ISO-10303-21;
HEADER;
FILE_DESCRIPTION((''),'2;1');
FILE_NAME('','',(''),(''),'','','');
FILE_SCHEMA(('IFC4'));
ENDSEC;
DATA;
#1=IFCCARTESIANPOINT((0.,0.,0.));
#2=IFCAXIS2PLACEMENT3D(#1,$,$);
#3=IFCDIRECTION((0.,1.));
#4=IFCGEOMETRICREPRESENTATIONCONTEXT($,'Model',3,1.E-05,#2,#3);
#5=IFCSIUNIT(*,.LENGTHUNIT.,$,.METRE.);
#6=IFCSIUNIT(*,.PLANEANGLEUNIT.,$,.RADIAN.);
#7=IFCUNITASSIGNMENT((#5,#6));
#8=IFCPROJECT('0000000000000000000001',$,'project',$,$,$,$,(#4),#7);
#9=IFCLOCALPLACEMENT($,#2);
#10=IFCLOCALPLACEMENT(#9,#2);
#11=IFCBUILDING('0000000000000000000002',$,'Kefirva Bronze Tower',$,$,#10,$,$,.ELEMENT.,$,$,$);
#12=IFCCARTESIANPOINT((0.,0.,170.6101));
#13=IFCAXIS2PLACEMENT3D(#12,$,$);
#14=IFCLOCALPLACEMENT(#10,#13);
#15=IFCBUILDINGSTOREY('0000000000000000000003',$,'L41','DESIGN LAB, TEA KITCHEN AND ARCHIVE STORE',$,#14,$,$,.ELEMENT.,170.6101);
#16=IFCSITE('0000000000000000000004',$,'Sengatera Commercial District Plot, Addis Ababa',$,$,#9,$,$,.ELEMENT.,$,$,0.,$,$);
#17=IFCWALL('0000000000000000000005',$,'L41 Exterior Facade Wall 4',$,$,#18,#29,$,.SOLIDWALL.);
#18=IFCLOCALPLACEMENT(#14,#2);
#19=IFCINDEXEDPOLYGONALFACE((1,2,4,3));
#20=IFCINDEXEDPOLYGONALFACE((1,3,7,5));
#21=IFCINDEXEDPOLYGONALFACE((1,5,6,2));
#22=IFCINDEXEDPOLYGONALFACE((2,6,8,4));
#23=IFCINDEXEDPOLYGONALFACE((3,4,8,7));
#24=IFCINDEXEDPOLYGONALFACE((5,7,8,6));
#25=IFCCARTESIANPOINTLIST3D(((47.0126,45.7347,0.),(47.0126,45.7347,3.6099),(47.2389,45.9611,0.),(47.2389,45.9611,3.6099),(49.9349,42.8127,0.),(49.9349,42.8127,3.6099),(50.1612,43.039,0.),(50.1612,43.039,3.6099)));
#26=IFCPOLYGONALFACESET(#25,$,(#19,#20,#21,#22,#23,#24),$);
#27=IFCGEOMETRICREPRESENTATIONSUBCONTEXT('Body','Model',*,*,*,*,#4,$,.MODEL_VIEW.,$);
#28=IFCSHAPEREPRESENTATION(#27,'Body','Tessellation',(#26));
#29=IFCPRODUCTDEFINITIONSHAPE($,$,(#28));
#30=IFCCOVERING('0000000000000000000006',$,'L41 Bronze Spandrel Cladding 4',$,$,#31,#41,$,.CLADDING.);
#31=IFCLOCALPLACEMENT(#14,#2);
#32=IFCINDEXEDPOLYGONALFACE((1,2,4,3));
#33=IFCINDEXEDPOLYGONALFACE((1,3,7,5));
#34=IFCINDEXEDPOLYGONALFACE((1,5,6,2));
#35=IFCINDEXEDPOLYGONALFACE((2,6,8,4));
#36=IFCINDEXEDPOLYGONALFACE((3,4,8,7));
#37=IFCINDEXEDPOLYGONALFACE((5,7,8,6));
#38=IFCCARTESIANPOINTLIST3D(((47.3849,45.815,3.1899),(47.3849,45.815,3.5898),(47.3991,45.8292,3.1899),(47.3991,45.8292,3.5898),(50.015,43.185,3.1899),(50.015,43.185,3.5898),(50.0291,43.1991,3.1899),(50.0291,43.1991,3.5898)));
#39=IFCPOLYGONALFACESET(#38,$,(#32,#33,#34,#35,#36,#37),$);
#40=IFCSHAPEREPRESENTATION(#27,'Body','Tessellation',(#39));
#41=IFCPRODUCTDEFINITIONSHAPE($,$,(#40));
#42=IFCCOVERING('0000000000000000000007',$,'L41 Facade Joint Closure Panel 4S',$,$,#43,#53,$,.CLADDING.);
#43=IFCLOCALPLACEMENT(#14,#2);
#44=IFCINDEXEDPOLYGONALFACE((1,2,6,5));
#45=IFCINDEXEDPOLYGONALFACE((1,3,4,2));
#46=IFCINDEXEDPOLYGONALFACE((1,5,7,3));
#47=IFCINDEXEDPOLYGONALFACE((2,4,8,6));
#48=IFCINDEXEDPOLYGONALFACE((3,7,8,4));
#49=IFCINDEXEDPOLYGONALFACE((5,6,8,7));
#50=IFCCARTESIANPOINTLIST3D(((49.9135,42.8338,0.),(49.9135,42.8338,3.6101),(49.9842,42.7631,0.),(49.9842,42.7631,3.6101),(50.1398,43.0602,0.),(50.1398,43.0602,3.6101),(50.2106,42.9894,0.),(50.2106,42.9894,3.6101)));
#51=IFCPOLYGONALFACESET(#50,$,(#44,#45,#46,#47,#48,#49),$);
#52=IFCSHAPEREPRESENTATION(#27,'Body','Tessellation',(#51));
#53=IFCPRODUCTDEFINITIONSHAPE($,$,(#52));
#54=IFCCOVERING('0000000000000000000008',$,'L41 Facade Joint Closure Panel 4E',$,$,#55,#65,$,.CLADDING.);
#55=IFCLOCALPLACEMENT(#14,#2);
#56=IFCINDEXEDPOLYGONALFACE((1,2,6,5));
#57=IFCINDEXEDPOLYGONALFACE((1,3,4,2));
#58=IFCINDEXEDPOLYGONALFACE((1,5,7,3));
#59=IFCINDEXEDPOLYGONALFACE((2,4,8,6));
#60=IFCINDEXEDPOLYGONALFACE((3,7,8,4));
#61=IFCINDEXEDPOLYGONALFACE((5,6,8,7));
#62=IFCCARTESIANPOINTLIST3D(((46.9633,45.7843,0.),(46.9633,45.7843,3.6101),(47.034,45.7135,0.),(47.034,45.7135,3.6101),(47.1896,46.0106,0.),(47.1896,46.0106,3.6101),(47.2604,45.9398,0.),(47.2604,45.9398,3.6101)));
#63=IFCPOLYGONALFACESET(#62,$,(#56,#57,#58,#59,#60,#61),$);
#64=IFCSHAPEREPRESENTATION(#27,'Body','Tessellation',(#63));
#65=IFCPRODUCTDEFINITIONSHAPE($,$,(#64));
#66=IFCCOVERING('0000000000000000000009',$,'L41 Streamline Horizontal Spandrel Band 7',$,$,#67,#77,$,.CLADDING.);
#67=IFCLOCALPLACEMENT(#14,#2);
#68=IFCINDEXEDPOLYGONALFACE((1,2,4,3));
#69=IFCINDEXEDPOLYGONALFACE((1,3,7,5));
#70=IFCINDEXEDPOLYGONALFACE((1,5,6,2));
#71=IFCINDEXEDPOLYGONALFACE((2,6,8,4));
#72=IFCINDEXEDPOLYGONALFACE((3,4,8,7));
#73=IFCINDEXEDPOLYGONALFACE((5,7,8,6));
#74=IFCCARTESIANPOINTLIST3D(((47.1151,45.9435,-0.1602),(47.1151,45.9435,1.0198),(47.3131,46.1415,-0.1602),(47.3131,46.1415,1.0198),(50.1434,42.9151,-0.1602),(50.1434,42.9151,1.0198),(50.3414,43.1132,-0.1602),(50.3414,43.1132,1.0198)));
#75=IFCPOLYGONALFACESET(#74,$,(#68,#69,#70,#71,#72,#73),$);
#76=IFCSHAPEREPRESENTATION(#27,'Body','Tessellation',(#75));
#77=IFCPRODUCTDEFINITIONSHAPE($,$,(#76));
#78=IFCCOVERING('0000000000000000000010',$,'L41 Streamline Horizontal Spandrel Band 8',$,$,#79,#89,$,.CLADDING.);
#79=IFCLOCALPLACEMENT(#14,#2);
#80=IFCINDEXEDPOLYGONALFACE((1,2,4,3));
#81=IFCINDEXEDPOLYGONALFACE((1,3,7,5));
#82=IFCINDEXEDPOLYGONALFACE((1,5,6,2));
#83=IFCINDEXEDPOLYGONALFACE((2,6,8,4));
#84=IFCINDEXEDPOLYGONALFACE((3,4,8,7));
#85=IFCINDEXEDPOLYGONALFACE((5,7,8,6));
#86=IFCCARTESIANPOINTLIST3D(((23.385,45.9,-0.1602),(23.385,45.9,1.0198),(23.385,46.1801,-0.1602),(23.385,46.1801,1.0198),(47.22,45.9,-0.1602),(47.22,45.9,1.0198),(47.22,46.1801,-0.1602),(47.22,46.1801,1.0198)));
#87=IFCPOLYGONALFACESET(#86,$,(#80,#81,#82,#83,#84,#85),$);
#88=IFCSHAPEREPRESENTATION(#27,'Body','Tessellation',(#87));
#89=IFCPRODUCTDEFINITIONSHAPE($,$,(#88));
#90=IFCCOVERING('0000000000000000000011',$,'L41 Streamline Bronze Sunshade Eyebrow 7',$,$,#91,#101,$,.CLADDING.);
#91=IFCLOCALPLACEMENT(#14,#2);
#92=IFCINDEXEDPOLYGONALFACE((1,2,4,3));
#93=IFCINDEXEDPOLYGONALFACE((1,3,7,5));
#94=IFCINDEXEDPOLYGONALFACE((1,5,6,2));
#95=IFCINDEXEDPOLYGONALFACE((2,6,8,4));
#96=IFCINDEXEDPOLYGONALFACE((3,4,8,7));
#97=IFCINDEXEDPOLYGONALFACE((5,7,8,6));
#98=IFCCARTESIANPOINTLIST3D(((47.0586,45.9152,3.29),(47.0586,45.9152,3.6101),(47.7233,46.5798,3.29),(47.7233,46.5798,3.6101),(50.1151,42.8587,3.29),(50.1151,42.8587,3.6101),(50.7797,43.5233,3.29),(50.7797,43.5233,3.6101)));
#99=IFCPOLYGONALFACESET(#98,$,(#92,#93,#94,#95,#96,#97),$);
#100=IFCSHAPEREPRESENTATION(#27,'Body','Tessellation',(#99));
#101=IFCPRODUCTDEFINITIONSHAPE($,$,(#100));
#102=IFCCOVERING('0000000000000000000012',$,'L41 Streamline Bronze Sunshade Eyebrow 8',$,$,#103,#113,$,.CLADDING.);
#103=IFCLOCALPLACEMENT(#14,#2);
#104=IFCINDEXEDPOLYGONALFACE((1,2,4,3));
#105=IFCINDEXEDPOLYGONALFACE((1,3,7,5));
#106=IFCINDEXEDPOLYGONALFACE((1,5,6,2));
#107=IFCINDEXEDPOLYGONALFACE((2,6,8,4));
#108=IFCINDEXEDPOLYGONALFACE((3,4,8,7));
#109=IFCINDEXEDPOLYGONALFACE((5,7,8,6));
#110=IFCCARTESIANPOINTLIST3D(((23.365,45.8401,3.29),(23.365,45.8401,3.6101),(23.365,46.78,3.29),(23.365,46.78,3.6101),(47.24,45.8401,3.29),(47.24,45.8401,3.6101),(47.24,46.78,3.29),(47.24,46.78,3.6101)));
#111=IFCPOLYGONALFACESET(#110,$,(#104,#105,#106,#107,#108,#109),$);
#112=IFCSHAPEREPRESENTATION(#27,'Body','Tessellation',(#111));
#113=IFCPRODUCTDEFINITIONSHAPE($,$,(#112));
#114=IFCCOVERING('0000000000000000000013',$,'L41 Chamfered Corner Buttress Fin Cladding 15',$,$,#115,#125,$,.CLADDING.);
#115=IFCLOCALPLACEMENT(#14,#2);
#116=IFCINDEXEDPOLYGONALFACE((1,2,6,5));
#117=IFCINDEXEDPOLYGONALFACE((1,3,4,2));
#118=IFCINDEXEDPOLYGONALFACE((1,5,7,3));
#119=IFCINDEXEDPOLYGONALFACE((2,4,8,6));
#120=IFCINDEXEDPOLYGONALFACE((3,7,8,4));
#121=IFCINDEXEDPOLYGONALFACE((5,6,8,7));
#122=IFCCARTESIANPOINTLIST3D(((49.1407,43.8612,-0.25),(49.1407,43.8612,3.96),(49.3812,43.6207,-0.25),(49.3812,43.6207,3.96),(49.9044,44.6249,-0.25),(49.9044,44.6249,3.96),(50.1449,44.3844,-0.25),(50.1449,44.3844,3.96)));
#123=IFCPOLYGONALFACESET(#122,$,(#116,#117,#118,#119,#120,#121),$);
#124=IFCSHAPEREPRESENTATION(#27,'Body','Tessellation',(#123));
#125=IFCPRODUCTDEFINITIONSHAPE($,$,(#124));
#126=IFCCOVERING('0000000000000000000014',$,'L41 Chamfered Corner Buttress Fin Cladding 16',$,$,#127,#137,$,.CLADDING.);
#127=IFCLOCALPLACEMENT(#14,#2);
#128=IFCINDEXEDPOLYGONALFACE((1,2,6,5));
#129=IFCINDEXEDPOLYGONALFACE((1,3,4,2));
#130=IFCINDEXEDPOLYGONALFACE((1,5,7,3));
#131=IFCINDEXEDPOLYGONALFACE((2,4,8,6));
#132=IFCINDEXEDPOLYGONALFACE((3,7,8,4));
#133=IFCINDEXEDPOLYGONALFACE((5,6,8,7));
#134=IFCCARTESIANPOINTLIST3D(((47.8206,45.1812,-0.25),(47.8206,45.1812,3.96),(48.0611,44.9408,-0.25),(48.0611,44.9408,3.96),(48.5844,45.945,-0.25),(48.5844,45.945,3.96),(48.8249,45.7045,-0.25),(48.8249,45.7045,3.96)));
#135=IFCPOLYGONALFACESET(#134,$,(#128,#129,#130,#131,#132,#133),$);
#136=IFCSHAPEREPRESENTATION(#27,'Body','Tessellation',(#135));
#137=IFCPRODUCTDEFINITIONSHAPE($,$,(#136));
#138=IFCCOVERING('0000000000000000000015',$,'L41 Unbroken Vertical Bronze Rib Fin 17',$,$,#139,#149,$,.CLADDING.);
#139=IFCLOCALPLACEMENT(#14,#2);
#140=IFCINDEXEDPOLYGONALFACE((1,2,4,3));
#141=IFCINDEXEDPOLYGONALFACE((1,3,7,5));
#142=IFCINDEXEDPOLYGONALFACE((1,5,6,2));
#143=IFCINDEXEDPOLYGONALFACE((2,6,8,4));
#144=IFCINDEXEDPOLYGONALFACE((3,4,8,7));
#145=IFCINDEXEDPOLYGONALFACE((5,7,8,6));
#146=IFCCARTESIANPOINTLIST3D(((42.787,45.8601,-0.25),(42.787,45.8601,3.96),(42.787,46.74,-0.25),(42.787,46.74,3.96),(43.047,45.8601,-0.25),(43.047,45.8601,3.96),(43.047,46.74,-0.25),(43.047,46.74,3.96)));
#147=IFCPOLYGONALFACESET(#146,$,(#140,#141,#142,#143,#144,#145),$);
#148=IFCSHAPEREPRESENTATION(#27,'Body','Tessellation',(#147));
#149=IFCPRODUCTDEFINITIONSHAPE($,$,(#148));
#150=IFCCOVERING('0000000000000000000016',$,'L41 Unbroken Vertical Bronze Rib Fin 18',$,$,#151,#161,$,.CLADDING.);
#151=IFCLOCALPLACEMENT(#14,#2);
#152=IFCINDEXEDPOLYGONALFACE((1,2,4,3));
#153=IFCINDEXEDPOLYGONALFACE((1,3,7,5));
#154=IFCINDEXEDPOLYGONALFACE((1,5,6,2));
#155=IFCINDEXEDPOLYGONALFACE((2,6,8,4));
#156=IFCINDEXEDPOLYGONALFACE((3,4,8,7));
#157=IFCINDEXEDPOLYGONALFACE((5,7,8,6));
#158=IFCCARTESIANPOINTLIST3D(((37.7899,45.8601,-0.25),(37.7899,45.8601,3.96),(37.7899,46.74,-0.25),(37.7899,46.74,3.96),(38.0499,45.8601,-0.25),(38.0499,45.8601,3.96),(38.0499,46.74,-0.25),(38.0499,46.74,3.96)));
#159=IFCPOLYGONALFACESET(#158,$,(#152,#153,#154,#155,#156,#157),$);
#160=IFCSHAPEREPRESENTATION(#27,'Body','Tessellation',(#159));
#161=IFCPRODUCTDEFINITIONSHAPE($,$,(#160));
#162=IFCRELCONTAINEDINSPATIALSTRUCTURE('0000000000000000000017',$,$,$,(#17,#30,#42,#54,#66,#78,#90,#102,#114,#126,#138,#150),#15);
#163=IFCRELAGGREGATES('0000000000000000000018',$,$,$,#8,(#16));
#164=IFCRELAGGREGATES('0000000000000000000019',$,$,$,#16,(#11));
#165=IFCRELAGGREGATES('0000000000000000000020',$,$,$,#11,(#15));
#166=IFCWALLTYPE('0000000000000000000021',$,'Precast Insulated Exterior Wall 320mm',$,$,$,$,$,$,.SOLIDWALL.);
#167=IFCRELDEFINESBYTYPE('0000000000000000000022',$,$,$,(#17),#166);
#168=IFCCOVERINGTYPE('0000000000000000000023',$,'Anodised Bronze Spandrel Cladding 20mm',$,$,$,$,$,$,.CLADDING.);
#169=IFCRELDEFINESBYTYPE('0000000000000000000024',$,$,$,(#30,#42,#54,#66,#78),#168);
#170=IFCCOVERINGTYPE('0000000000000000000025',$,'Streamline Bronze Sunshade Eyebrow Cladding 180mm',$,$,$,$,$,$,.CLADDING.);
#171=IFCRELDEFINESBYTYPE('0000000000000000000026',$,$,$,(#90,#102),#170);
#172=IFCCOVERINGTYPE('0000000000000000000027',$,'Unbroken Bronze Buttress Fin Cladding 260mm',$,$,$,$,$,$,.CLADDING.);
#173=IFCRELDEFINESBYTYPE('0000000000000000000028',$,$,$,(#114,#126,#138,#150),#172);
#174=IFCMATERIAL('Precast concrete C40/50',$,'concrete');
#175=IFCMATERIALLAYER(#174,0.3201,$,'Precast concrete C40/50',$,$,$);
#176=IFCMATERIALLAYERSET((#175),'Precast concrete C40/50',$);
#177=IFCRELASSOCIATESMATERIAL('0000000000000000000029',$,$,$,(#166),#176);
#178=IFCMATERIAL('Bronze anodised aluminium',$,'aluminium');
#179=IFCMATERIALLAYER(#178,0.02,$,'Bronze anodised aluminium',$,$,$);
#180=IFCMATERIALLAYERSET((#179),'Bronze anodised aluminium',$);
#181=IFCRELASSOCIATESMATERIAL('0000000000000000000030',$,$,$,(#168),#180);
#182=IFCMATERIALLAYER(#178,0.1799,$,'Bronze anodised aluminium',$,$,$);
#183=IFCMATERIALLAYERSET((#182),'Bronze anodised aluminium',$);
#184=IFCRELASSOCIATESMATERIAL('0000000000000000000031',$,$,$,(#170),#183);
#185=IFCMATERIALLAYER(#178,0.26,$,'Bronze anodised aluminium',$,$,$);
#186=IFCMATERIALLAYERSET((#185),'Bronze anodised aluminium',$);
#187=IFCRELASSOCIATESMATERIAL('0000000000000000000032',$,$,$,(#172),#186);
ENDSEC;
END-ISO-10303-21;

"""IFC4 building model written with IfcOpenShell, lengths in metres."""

from ifc_helpers import new_model, si_unit, direction, frame, frame_2d, origin, origin_2d, place, context, subcontext, project, spatial, rectangle, extrude, material, layer, layer_set, type_object, element, save


model = new_model("IFC4")

# Units and contexts
model_context = context("Model", 3, precision=1e-05, world=origin(), true_north=direction((0.0, 1.0)))
body_context = subcontext(model_context, "Body", "Model", "MODEL_VIEW")
ifc_project = project(units=[si_unit("LENGTHUNIT", "METRE"), si_unit("PLANEANGLEUNIT", "RADIAN")], contexts=[model_context])

# Site, building, storey
site_placement = place(None, origin())
site = spatial("IfcSite", under=ifc_project, at=site_placement, Name="Sengatera Commercial District Plot, Addis Ababa", CompositionType="ELEMENT", RefElevation=0.0)
building_placement = place(site_placement, origin())
building = spatial("IfcBuilding", under=site, at=building_placement, Name="Kefirva Bronze Tower", CompositionType="ELEMENT")
storey_placement = place(building_placement, frame((0.0, 0.0, 170.6101)))
storey = spatial("IfcBuildingStorey", under=building, at=storey_placement, Name="L41", Description="DESIGN LAB, TEA KITCHEN AND ARCHIVE STORE", CompositionType="ELEMENT", Elevation=170.6101)

# Shared definitions
ifc_material_1 = material(Name="Bronze anodised aluminium", Category="aluminium")

# Wall
ifc_material_2 = material(Name="Precast concrete C40/50", Category="concrete")
ifc_layer_1 = layer(ifc_material_2, 0.3201, Name="Precast concrete C40/50")
ifc_layer_set_1 = layer_set([ifc_layer_1], Name="Precast concrete C40/50")
wall_type = type_object("IfcWallType", Name="Precast Insulated Exterior Wall 320mm", PredefinedType="SOLIDWALL", material=ifc_layer_set_1)
wall_placement = place(storey_placement, frame((50.0481, 42.9258, 0.0), z_axis=(0.0, 0.0, 1.0), x_axis=(-0.707136, 0.707077, 0.0)))
element("IfcWall", 1, at=wall_placement, inside=storey, type_object=wall_type, Name="L41 Exterior Facade Wall 4", PredefinedType="SOLIDWALL", context=body_context, shape_type="SweptSolid", body=[
    extrude(rectangle(XDim=4.1326, YDim=0.3201, at=frame_2d((2.0664, 0.0))), origin(), (0.0, 0.0, 1.0), 3.6099),
])

# Coverings
ifc_layer_2 = layer(ifc_material_1, 0.02, Name="Bronze anodised aluminium")
ifc_layer_set_2 = layer_set([ifc_layer_2], Name="Bronze anodised aluminium")
covering_type_1 = type_object("IfcCoveringType", Name="Anodised Bronze Spandrel Cladding 20mm", PredefinedType="CLADDING", material=ifc_layer_set_2)
covering_1_placement = place(storey_placement, frame((48.707, 44.5071, 3.1899), z_axis=(0.0, 0.0, 1.0), x_axis=(-0.707107, 0.707107, 0.0)))
element("IfcCovering", 2, at=covering_1_placement, inside=storey, type_object=covering_type_1, Name="L41 Bronze Spandrel Cladding 4", PredefinedType="CLADDING", context=body_context, shape_type="SweptSolid", body=[
    extrude(rectangle(XDim=3.7195, YDim=0.02, at=origin_2d()), origin(), (0.0, 0.0, 1.0), 0.3999),
])
for number, where, z_axis, x_axis, name in (
    (3, (50.062, 42.9116, 0.0), (0.0, 0.0, 1.0), (-0.707107, 0.707107, 0.0), "L41 Facade Joint Closure Panel 4S"),
    (4, (47.1118, 45.8621, 0.0), (0.0, 0.0, 1.0), (-0.707107, 0.707107, 0.0), "L41 Facade Joint Closure Panel 4E"),
):
    element("IfcCovering", number, at=place(storey_placement, frame(where, z_axis=z_axis, x_axis=x_axis)), inside=storey, type_object=covering_type_1, Name=name, PredefinedType="CLADDING", context=body_context, shape_type="SweptSolid", body=[
        extrude(rectangle(XDim=0.1001, YDim=0.3201, at=origin_2d()), origin(), (0.0, 0.0, 1.0), 3.6101),
    ])
covering_2_placement = place(storey_placement, frame((48.7283, 44.5283, -0.1602), z_axis=(0.0, 0.0, 1.0), x_axis=(-0.707107, 0.707107, 0.0)))
element("IfcCovering", 5, at=covering_2_placement, inside=storey, type_object=covering_type_1, Name="L41 Streamline Horizontal Spandrel Band 7", PredefinedType="CLADDING", context=body_context, shape_type="SweptSolid", body=[
    extrude(rectangle(XDim=4.2827, YDim=0.28, at=origin_2d()), origin(), (0.0, 0.0, 1.0), 1.1799),
])
covering_3_placement = place(storey_placement, frame((35.3025, 46.04, -0.1602), z_axis=(0.0, 0.0, 1.0), x_axis=(-1.0, 0.0, 0.0)))
element("IfcCovering", 6, at=covering_3_placement, inside=storey, type_object=covering_type_1, Name="L41 Streamline Horizontal Spandrel Band 8", PredefinedType="CLADDING", context=body_context, shape_type="SweptSolid", body=[
    extrude(rectangle(XDim=23.835, YDim=0.28, at=origin_2d()), origin(), (0.0, 0.0, 1.0), 1.1799),
])
ifc_layer_3 = layer(ifc_material_1, 0.1799, Name="Bronze anodised aluminium")
ifc_layer_set_3 = layer_set([ifc_layer_3], Name="Bronze anodised aluminium")
covering_type_2 = type_object("IfcCoveringType", Name="Streamline Bronze Sunshade Eyebrow Cladding 180mm", PredefinedType="CLADDING", material=ifc_layer_set_3)
covering_4_placement = place(storey_placement, frame((48.9192, 44.7192, 3.29), z_axis=(0.0, 0.0, 1.0), x_axis=(-0.707107, 0.707107, 0.0)))
element("IfcCovering", 7, at=covering_4_placement, inside=storey, type_object=covering_type_2, Name="L41 Streamline Bronze Sunshade Eyebrow 7", PredefinedType="CLADDING", context=body_context, shape_type="SweptSolid", body=[
    extrude(rectangle(XDim=4.3225, YDim=0.9399, at=origin_2d()), origin(), (0.0, 0.0, 1.0), 0.3201),
])
covering_5_placement = place(storey_placement, frame((35.3025, 46.3101, 3.29), z_axis=(0.0, 0.0, 1.0), x_axis=(-1.0, 0.0, 0.0)))
element("IfcCovering", 8, at=covering_5_placement, inside=storey, type_object=covering_type_2, Name="L41 Streamline Bronze Sunshade Eyebrow 8", PredefinedType="CLADDING", context=body_context, shape_type="SweptSolid", body=[
    extrude(rectangle(XDim=23.875, YDim=0.9399, at=origin_2d()), origin(), (0.0, 0.0, 1.0), 0.3201),
])
ifc_layer_4 = layer(ifc_material_1, 0.26, Name="Bronze anodised aluminium")
ifc_layer_set_4 = layer_set([ifc_layer_4], Name="Bronze anodised aluminium")
covering_type_3 = type_object("IfcCoveringType", Name="Unbroken Bronze Buttress Fin Cladding 260mm", PredefinedType="CLADDING", material=ifc_layer_set_4)
for number, where, z_axis, x_axis, name in (
    (9, (49.6428, 44.1228, -0.25), (0.0, 0.0, 1.0), (-0.707107, 0.707107, 0.0), "L41 Chamfered Corner Buttress Fin Cladding 15"),
    (10, (48.3228, 45.4429, -0.25), (0.0, 0.0, 1.0), (-0.707107, 0.707107, 0.0), "L41 Chamfered Corner Buttress Fin Cladding 16"),
):
    element("IfcCovering", number, at=place(storey_placement, frame(where, z_axis=z_axis, x_axis=x_axis)), inside=storey, type_object=covering_type_3, Name=name, PredefinedType="CLADDING", context=body_context, shape_type="SweptSolid", body=[
        extrude(rectangle(XDim=0.3401, YDim=1.0801, at=origin_2d()), origin(), (0.0, 0.0, 1.0), 4.21),
    ])
for number, where, z_axis, x_axis, name in (
    (11, (42.917, 46.3, -0.25), (0.0, 0.0, 1.0), (-1.0, 0.0, 0.0), "L41 Unbroken Vertical Bronze Rib Fin 17"),
    (12, (37.9199, 46.3, -0.25), (0.0, 0.0, 1.0), (-1.0, 0.0, 0.0), "L41 Unbroken Vertical Bronze Rib Fin 18"),
):
    element("IfcCovering", number, at=place(storey_placement, frame(where, z_axis=z_axis, x_axis=x_axis)), inside=storey, type_object=covering_type_3, Name=name, PredefinedType="CLADDING", context=body_context, shape_type="SweptSolid", body=[
        extrude(rectangle(XDim=0.26, YDim=0.8799, at=origin_2d()), origin(), (0.0, 0.0, 1.0), 4.21),
    ])

save(model, "model.ifc")
